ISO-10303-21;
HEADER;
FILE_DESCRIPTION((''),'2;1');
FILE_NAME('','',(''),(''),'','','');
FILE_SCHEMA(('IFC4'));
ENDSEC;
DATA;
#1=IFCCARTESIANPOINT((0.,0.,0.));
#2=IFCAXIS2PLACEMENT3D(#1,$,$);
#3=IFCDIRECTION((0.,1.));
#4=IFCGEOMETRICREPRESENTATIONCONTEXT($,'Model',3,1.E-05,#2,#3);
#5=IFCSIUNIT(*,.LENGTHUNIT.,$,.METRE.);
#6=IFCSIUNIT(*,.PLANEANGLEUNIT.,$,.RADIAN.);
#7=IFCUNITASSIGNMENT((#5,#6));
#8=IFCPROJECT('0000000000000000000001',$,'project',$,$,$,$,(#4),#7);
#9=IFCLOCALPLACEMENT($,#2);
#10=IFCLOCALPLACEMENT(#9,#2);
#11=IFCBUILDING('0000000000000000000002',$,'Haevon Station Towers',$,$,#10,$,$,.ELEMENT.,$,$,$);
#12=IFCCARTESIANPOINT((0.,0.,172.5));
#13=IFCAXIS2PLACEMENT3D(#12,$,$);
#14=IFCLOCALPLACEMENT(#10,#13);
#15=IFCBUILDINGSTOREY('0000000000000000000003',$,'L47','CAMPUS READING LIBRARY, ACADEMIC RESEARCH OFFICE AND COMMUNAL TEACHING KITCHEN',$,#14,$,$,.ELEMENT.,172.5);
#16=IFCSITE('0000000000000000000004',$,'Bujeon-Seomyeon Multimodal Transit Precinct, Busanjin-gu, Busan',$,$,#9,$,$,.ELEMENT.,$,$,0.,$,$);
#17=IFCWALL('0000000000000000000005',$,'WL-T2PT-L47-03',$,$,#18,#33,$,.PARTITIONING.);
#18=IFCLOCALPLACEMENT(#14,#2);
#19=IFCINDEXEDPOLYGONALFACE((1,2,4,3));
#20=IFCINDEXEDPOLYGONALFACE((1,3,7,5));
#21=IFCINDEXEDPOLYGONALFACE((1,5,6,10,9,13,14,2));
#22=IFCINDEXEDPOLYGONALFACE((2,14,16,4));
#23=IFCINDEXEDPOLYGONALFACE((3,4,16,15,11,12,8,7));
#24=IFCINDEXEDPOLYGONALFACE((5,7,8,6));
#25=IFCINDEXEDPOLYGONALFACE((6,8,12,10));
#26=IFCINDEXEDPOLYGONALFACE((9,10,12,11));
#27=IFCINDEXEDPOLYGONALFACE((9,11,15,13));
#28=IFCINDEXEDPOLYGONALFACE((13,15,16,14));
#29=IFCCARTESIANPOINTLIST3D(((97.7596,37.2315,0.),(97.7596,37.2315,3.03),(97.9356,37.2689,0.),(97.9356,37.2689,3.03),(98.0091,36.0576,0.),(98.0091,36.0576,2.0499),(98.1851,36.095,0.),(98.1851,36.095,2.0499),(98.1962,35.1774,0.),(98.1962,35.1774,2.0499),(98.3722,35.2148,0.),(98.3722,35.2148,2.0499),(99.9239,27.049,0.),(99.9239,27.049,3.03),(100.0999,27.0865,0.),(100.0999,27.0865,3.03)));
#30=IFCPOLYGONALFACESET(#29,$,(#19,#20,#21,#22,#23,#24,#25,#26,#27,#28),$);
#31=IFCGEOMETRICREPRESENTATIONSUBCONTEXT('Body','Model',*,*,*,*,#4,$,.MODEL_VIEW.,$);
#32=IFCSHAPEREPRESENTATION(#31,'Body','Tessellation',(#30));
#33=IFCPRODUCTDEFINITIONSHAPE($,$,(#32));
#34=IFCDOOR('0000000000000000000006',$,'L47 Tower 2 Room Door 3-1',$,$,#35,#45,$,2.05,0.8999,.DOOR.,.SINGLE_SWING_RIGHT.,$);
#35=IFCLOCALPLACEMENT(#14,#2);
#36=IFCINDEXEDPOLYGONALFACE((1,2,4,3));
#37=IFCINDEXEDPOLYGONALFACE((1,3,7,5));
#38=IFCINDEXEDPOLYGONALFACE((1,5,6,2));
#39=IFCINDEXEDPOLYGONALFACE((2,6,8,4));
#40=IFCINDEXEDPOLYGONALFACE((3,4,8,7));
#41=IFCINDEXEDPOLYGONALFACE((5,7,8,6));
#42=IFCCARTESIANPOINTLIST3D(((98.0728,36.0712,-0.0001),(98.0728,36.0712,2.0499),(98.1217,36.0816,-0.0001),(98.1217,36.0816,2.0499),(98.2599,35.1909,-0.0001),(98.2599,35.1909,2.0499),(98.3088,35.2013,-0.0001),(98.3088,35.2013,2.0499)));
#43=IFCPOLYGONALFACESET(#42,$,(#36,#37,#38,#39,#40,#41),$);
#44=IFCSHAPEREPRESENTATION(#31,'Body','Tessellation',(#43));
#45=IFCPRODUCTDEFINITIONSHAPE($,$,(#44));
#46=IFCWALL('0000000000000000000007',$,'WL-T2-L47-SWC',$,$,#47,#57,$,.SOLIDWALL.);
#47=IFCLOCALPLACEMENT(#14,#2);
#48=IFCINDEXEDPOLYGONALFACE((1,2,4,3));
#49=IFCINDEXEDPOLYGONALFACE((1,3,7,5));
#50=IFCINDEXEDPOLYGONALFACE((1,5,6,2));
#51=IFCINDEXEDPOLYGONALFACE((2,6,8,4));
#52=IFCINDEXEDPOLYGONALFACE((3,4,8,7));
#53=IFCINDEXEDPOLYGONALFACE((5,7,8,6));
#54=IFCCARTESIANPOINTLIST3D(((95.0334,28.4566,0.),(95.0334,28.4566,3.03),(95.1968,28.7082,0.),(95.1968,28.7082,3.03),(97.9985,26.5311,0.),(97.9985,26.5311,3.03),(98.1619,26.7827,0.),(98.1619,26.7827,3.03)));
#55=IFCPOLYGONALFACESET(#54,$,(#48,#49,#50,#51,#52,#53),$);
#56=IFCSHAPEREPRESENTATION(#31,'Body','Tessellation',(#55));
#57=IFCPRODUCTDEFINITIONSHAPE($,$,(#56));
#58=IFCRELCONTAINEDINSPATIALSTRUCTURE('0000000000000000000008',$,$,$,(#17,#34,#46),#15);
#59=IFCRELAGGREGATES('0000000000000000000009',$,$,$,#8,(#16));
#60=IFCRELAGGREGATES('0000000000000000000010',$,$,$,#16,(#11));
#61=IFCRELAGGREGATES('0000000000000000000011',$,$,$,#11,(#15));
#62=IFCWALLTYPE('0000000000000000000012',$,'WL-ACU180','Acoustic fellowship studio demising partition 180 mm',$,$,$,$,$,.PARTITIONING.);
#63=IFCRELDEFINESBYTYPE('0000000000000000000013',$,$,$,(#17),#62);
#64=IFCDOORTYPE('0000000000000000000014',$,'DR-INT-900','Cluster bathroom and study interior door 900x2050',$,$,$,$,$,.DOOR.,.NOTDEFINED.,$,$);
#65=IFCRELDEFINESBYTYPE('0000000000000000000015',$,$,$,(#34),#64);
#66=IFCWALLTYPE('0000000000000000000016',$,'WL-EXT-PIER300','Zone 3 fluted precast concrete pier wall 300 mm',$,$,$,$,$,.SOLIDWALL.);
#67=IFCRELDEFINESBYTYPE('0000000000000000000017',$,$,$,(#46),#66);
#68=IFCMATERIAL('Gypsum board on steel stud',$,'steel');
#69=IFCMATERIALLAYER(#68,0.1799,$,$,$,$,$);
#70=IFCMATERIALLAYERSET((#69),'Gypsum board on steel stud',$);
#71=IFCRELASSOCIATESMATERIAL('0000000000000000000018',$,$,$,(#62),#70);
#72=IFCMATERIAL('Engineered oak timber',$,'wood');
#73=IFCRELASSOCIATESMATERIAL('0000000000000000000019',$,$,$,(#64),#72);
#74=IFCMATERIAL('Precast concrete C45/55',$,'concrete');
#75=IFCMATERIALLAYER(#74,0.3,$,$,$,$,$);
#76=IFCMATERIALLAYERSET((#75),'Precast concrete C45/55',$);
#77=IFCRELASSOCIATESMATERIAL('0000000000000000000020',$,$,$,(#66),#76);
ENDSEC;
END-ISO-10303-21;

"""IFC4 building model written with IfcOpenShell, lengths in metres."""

from ifc_helpers import new_model, si_unit, direction, frame, frame_2d, origin, place, context, subcontext, project, spatial, rectangle, extrude, material, layer, layer_set, type_object, element, fill, save


model = new_model("IFC4")

# Units and contexts
model_context = context("Model", 3, precision=1e-05, world=origin(), true_north=direction((0.0, 1.0)))
body_context = subcontext(model_context, "Body", "Model", "MODEL_VIEW")
ifc_project = project(units=[si_unit("LENGTHUNIT", "METRE"), si_unit("PLANEANGLEUNIT", "RADIAN")], contexts=[model_context])

# Site, building, storey
site_placement = place(None, origin())
site = spatial("IfcSite", under=ifc_project, at=site_placement, Name="Bujeon-Seomyeon Multimodal Transit Precinct, Busanjin-gu, Busan", CompositionType="ELEMENT", RefElevation=0.0)
building_placement = place(site_placement, origin())
building = spatial("IfcBuilding", under=site, at=building_placement, Name="Haevon Station Towers", CompositionType="ELEMENT")
storey_placement = place(building_placement, frame((0.0, 0.0, 172.5)))
storey = spatial("IfcBuildingStorey", under=building, at=storey_placement, Name="L47", Description="CAMPUS READING LIBRARY, ACADEMIC RESEARCH OFFICE AND COMMUNAL TEACHING KITCHEN", CompositionType="ELEMENT", Elevation=172.5)

# Wall, opening, door
ifc_material_1 = material(Name="Gypsum board on steel stud", Category="steel")
ifc_layer_1 = layer(ifc_material_1, 0.1799)
ifc_layer_set_1 = layer_set([ifc_layer_1], Name="Gypsum board on steel stud")
wall_type_1 = type_object("IfcWallType", Name="WL-ACU180", Description="Acoustic fellowship studio demising partition 180 mm", PredefinedType="PARTITIONING", material=ifc_layer_set_1)
wall_1_placement = place(storey_placement, frame((100.012, 27.0676, 0.0), z_axis=(0.0, 0.0, 1.0), x_axis=(-0.20791, 0.978148, 0.0)))
wall_1 = element("IfcWall", 1, at=wall_1_placement, inside=storey, type_object=wall_type_1, Name="WL-T2PT-L47-03", PredefinedType="PARTITIONING", context=body_context, shape_type="SweptSolid", body=[
    extrude(rectangle(XDim=10.4099, YDim=0.1799, at=frame_2d((5.2051, 0.0))), origin(), (0.0, 0.0, 1.0), 3.03),
])
opening_placement = place(wall_1_placement, frame((8.3101, 0.0, 0.0)))
opening = element("IfcOpeningElement", 2, at=opening_placement, cuts=wall_1, PredefinedType="OPENING", context=body_context, shape_type="SweptSolid", body=[
    extrude(rectangle(XDim=0.8999, YDim=2.05, at=frame_2d((0.45, 1.0249))), frame((0.0, 0.0999, 0.0), z_axis=(0.0, -1.0, 0.0), x_axis=(1.0, 0.0, 0.0)), (0.0, 0.0, 1.0), 0.2),
])
ifc_material_2 = material(Name="Engineered oak timber", Category="wood")
door_type = type_object("IfcDoorType", Name="DR-INT-900", Description="Cluster bathroom and study interior door 900x2050", OperationType="NOTDEFINED", PredefinedType="DOOR", material=ifc_material_2)
door_placement = place(opening_placement, origin())
door = element("IfcDoor", 3, at=door_placement, inside=storey, type_object=door_type, Name="L47 Tower 2 Room Door 3-1", OperationType="SINGLE_SWING_RIGHT", OverallHeight=2.05, OverallWidth=0.8999, PredefinedType="DOOR", context=body_context, shape_type="SweptSolid", body=[
    extrude(rectangle(XDim=0.8999, YDim=2.05, at=frame_2d((0.45, 1.0249))), frame((0.0, 0.0249, 0.0), z_axis=(0.0, -1.0, 0.0), x_axis=(1.0, 0.0, 0.0)), (0.0, 0.0, 1.0), 0.05),
])
fill(opening, door)

# Wall
ifc_material_3 = material(Name="Precast concrete C45/55", Category="concrete")
ifc_layer_2 = layer(ifc_material_3, 0.3)
ifc_layer_set_2 = layer_set([ifc_layer_2], Name="Precast concrete C45/55")
wall_type_2 = type_object("IfcWallType", Name="WL-EXT-PIER300", Description="Zone 3 fluted precast concrete pier wall 300 mm", PredefinedType="SOLIDWALL", material=ifc_layer_set_2)
wall_2_placement = place(storey_placement, frame((98.0801, 26.657, 0.0), z_axis=(0.0, 0.0, 1.0), x_axis=(-0.838672, 0.544636, 0.0)))
element("IfcWall", 4, at=wall_2_placement, inside=storey, type_object=wall_type_2, Name="WL-T2-L47-SWC", PredefinedType="SOLIDWALL", context=body_context, shape_type="SweptSolid", body=[
    extrude(rectangle(XDim=3.5354, YDim=0.3, at=frame_2d((1.7676, 0.0))), origin(), (0.0, 0.0, 1.0), 3.03),
])

save(model, "model.ifc")
